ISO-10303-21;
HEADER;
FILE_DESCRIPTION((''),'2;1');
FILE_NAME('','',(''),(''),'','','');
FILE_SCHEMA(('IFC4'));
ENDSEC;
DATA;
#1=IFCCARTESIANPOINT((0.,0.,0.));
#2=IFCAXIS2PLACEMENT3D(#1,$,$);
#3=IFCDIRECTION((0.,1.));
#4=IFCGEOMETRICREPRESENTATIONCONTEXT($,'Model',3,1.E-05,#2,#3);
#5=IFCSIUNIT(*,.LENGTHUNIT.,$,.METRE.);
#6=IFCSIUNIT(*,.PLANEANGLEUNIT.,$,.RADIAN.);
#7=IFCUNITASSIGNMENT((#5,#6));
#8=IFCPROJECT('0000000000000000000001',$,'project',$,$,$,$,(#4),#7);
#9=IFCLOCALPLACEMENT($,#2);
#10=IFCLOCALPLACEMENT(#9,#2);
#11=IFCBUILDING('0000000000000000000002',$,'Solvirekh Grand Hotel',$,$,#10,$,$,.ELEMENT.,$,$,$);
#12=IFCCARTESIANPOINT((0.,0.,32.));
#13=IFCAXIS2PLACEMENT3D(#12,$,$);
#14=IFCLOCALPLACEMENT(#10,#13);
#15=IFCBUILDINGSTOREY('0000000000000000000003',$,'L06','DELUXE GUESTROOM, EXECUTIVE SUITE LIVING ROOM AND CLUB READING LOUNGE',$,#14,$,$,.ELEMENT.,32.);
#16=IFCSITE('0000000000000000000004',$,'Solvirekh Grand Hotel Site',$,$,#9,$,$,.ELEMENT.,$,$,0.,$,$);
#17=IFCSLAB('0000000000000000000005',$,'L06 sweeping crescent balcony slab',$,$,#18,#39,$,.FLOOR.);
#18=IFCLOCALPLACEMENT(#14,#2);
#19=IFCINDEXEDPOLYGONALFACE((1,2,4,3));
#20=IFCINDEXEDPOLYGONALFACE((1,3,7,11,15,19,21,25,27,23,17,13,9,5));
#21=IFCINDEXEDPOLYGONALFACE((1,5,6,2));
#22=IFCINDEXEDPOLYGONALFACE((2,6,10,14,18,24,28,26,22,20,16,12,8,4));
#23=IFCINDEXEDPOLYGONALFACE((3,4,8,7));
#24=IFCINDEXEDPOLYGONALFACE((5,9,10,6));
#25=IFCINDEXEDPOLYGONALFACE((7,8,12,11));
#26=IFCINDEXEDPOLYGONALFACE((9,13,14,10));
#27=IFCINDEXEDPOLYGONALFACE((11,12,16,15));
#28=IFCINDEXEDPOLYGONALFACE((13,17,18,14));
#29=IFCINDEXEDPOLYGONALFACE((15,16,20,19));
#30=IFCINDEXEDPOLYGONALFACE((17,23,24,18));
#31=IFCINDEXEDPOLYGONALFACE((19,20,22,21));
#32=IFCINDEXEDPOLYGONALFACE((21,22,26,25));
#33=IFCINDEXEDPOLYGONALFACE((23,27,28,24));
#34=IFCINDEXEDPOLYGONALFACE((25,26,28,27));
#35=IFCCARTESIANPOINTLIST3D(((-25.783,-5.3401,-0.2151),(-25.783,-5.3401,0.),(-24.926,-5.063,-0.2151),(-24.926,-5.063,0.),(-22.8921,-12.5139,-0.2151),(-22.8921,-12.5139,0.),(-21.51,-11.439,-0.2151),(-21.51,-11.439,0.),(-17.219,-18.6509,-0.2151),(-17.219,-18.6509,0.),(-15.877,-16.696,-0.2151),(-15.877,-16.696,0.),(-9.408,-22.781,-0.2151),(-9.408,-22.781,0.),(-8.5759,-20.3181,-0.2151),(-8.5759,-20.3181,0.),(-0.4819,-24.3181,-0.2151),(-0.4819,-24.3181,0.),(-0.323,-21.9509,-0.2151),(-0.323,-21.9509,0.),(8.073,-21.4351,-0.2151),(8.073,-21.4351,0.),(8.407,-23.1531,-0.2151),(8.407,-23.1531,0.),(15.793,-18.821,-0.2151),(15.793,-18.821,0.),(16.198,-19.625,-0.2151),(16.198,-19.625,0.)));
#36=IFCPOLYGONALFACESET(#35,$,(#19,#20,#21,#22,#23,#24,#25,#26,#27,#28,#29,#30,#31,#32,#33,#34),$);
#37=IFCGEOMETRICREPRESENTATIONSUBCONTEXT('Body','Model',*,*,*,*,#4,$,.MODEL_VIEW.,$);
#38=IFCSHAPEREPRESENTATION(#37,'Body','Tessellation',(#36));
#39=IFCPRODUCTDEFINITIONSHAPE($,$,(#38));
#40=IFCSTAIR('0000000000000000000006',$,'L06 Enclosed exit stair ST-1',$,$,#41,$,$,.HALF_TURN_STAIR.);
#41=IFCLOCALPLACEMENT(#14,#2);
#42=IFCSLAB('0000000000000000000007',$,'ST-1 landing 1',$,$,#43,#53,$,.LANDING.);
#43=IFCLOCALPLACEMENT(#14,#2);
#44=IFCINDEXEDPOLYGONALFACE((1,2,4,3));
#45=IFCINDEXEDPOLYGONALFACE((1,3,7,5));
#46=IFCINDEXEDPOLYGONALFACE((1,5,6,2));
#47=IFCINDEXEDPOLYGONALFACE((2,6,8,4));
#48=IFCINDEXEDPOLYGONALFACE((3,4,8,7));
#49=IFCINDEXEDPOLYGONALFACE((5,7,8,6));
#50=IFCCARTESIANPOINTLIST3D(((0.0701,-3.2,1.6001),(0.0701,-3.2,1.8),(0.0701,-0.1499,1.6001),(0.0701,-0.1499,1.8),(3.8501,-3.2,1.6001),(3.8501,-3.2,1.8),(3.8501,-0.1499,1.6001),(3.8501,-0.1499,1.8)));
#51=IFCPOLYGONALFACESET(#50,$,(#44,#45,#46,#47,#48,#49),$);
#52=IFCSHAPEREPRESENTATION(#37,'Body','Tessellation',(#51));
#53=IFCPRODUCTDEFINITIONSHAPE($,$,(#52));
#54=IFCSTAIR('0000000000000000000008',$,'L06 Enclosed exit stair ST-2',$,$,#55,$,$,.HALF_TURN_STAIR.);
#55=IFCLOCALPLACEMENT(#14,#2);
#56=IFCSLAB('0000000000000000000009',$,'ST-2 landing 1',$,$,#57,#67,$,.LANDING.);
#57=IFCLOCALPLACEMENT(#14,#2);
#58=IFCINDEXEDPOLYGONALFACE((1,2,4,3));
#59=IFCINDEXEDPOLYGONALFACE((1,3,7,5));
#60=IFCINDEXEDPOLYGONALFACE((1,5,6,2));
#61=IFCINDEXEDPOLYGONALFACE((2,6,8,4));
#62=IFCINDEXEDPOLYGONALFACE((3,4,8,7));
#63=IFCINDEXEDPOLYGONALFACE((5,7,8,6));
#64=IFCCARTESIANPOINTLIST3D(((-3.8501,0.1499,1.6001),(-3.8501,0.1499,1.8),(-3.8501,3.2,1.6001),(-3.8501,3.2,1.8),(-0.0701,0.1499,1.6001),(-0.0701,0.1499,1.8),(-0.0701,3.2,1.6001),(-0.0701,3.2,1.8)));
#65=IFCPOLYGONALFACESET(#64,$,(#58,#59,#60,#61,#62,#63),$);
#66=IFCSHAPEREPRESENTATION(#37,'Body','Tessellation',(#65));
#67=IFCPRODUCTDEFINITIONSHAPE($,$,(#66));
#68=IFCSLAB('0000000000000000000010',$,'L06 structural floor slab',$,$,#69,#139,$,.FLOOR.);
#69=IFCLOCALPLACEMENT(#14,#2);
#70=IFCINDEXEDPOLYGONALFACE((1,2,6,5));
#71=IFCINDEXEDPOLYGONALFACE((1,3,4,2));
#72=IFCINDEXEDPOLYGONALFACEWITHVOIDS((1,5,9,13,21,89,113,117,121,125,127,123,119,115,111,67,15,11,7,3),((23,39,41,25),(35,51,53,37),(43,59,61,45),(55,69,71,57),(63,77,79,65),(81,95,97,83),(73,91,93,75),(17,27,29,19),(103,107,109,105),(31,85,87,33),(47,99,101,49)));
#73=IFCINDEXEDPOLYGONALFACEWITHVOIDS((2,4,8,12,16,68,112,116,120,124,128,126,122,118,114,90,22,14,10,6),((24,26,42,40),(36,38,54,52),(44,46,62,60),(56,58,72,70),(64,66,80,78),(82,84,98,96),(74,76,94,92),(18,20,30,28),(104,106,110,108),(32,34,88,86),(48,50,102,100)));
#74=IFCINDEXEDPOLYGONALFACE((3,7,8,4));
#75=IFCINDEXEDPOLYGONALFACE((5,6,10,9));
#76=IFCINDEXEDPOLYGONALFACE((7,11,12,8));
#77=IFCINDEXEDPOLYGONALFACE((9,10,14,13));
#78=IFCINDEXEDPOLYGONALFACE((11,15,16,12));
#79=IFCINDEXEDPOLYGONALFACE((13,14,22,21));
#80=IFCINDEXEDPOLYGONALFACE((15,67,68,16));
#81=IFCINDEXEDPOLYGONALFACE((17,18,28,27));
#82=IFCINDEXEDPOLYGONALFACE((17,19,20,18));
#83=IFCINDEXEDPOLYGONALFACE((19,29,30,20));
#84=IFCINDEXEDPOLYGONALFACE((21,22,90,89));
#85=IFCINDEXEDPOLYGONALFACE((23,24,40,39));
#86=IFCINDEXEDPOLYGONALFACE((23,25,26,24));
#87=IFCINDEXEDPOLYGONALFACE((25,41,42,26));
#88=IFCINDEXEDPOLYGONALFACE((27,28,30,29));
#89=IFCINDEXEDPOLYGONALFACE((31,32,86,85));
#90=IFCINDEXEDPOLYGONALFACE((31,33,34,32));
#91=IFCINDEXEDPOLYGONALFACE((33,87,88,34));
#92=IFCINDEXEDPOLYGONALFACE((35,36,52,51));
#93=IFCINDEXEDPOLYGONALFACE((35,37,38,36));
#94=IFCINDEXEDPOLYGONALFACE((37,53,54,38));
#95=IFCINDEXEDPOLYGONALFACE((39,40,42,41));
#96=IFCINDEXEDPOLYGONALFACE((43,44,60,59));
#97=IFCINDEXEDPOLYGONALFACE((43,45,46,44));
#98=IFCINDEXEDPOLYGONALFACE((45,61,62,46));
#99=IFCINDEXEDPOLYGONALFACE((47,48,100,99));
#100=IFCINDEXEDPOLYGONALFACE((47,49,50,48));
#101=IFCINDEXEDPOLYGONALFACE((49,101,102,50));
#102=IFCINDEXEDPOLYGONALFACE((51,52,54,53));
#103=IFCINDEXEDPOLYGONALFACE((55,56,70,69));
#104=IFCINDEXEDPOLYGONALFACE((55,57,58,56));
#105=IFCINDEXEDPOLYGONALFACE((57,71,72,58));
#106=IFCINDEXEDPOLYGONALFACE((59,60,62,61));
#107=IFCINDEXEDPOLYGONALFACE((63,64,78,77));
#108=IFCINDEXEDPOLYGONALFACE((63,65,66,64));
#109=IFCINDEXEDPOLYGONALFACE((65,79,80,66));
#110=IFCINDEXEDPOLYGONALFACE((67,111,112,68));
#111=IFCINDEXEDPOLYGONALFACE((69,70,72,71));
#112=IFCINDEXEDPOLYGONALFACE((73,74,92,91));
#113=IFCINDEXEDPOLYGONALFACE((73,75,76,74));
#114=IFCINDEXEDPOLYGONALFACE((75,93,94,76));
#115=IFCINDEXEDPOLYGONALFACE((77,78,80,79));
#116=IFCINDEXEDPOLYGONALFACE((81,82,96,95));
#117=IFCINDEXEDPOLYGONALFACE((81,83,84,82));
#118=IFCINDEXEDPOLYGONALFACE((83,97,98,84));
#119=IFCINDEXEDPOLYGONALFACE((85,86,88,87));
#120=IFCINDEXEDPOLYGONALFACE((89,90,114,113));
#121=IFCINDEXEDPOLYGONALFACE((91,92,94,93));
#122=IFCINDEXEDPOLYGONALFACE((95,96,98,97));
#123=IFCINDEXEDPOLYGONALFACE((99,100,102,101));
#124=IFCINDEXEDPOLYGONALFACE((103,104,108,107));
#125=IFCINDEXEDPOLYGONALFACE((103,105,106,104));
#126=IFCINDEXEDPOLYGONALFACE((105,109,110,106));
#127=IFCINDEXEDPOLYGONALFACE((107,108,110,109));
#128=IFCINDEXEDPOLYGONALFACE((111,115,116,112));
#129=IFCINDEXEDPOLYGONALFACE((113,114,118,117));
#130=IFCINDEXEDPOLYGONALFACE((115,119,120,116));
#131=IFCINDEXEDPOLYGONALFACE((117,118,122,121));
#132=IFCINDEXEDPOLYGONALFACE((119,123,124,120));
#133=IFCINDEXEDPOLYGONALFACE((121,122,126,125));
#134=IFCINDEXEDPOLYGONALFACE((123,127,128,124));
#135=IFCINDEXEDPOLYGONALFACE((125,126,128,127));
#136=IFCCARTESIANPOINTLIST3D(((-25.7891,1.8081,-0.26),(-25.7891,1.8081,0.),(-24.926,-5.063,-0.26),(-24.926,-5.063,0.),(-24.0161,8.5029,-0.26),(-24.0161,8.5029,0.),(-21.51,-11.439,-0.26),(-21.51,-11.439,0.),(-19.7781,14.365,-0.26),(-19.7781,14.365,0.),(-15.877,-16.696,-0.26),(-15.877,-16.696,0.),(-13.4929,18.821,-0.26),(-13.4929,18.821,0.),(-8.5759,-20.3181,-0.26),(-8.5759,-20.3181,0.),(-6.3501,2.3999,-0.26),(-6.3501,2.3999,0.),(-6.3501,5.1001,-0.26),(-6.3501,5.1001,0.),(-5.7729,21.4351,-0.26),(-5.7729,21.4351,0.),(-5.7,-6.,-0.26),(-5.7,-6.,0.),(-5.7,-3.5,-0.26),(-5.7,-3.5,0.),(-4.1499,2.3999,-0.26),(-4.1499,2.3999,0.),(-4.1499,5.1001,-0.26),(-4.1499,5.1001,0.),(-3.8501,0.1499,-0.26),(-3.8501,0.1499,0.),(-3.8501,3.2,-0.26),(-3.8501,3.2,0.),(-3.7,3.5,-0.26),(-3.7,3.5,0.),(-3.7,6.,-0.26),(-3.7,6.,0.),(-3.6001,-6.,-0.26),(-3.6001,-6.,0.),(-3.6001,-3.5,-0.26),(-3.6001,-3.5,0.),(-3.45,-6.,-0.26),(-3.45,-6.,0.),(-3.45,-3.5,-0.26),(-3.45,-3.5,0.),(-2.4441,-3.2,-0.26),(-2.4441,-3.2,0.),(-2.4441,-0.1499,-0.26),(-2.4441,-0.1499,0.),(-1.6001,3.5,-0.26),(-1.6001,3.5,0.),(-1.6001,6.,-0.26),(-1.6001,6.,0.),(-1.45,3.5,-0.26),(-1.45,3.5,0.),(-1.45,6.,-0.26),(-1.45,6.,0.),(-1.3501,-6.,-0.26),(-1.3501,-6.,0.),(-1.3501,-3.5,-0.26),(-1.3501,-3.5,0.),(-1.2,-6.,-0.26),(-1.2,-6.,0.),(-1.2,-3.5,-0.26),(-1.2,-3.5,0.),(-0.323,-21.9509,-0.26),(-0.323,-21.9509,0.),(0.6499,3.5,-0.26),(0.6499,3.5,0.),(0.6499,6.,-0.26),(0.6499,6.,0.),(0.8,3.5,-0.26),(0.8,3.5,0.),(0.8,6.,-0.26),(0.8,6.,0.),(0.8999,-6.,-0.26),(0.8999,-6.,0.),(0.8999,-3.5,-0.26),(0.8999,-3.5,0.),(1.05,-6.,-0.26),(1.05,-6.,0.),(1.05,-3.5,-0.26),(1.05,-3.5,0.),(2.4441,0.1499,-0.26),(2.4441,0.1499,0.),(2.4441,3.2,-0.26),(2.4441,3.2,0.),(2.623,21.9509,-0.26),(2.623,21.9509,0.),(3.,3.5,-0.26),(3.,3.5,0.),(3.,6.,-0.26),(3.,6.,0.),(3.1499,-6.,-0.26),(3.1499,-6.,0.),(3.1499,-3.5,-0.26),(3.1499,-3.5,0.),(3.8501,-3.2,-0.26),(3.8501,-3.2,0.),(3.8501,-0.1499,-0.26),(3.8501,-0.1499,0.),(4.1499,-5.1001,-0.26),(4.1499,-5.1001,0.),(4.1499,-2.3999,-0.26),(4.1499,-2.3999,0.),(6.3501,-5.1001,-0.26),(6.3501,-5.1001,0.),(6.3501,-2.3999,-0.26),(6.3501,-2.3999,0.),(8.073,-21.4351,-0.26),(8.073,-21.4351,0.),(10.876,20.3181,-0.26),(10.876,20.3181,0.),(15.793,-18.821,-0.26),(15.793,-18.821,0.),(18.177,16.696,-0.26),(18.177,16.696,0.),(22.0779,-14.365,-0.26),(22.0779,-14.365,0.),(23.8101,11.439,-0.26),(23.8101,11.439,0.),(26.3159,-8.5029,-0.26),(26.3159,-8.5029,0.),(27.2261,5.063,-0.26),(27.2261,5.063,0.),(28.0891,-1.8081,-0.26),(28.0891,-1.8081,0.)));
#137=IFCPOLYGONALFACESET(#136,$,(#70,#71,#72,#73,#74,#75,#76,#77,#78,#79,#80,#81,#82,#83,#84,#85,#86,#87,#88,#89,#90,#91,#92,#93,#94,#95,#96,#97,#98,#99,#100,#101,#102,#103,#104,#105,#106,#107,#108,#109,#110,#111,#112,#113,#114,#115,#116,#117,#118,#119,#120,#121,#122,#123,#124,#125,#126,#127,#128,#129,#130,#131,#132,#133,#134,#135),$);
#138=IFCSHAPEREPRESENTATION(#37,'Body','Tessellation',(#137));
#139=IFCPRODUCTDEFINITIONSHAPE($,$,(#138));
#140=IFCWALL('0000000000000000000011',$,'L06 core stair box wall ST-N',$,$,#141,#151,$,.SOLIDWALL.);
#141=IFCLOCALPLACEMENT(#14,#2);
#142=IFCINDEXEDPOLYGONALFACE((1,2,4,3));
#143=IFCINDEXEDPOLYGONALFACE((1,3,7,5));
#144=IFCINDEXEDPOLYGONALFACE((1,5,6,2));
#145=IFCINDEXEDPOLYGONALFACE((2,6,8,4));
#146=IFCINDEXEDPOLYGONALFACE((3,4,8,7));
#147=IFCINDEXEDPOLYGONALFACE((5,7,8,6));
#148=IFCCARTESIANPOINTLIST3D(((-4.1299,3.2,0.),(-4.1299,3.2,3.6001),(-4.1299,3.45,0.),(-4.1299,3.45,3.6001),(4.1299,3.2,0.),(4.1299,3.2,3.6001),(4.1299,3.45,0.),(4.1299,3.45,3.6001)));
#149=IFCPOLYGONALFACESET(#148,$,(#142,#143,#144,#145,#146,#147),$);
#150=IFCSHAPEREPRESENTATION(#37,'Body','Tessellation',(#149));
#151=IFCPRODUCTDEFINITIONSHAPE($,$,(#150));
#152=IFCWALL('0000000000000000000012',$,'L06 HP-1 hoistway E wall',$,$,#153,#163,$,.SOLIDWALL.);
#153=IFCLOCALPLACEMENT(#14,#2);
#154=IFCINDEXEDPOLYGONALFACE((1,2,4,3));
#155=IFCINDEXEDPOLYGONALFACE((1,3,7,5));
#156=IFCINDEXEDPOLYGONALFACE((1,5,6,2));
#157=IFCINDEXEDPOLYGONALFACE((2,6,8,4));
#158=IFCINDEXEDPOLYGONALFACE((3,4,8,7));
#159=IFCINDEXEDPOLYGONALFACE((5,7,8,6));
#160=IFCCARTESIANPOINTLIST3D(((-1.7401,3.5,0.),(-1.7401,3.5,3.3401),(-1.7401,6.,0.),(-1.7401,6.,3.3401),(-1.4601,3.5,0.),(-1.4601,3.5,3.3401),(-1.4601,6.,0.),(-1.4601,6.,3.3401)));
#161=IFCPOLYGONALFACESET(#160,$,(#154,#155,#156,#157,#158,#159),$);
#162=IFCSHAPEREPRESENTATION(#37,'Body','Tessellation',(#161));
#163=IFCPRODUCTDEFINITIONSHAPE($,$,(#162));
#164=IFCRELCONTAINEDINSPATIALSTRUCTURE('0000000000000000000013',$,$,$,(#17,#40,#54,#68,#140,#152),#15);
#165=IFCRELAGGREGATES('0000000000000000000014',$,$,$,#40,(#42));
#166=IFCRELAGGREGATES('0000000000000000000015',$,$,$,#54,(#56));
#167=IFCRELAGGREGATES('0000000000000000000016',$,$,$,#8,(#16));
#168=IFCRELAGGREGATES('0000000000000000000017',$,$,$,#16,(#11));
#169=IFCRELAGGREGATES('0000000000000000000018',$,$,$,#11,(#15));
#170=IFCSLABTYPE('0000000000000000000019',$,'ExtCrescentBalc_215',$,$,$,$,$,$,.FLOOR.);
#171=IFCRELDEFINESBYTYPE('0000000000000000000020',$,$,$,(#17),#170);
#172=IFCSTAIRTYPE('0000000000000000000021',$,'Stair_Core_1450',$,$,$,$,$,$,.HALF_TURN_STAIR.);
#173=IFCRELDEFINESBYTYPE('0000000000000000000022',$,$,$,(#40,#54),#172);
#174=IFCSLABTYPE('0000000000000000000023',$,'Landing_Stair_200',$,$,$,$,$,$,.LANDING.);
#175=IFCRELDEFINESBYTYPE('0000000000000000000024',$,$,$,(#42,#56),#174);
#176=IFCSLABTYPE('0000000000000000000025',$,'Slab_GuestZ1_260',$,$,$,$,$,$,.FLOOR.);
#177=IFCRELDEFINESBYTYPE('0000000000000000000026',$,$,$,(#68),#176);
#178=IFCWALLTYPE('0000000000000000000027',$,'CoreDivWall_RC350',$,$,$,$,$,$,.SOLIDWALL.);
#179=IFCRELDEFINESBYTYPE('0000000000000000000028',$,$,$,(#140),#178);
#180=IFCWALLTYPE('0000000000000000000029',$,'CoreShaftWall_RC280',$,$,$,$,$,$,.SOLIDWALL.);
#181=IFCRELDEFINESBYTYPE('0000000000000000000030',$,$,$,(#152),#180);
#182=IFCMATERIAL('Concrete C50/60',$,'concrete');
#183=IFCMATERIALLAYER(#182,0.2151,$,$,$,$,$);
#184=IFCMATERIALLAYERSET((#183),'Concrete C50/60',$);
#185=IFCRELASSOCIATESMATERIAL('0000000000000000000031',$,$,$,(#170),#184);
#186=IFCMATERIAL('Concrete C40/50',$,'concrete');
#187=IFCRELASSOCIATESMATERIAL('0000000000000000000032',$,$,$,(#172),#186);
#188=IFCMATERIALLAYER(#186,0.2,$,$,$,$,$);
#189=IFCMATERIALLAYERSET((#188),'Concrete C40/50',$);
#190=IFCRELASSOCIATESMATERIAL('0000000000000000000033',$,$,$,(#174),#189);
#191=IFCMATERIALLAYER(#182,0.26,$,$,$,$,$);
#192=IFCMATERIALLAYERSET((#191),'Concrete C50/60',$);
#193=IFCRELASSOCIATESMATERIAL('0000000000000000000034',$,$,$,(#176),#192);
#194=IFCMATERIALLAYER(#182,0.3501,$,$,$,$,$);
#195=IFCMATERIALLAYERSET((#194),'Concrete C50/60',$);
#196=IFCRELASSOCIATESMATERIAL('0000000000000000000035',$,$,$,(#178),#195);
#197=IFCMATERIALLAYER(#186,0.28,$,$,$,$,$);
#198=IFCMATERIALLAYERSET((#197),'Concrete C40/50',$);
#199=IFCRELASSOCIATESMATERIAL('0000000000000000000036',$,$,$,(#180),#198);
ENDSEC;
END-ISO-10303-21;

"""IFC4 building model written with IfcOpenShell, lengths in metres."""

from ifc_helpers import new_model, si_unit, direction, frame, frame_2d, origin, place, context, subcontext, project, spatial, polyline, rectangle, outline, extrude, material, layer, layer_set, type_object, element, aggregate, save


model = new_model("IFC4")

# Units and contexts
model_context = context("Model", 3, precision=1e-05, world=origin(), true_north=direction((0.0, 1.0)))
body_context = subcontext(model_context, "Body", "Model", "MODEL_VIEW")
ifc_project = project(units=[si_unit("LENGTHUNIT", "METRE"), si_unit("PLANEANGLEUNIT", "RADIAN")], contexts=[model_context])

# Site, building, storey
site_placement = place(None, origin())
site = spatial("IfcSite", under=ifc_project, at=site_placement, Name="Solvirekh Grand Hotel Site", CompositionType="ELEMENT", RefElevation=0.0)
building_placement = place(site_placement, origin())
building = spatial("IfcBuilding", under=site, at=building_placement, Name="Solvirekh Grand Hotel", CompositionType="ELEMENT")
storey_placement = place(building_placement, frame((0.0, 0.0, 32.0)))
storey = spatial("IfcBuildingStorey", under=building, at=storey_placement, Name="L06", Description="DELUXE GUESTROOM, EXECUTIVE SUITE LIVING ROOM AND CLUB READING LOUNGE", CompositionType="ELEMENT", Elevation=32.0)

# Slab
ifc_material_1 = material(Name="Concrete C50/60", Category="concrete")
ifc_layer_1 = layer(ifc_material_1, 0.2151)
ifc_layer_set_1 = layer_set([ifc_layer_1], Name="Concrete C50/60")
slab_type_1 = type_object("IfcSlabType", Name="ExtCrescentBalc_215", PredefinedType="FLOOR", material=ifc_layer_set_1)
slab_1_placement = place(storey_placement, frame((0.0, 0.0, -0.2151)))
element("IfcSlab", 1, at=slab_1_placement, inside=storey, type_object=slab_type_1, Name="L06 sweeping crescent balcony slab", PredefinedType="FLOOR", context=body_context, shape_type="SweptSolid", body=[
    extrude(outline(polyline([(-25.783, -5.3401), (-22.8921, -12.5139), (-17.219, -18.6509), (-9.408, -22.781), (-0.4819, -24.3181), (8.407, -23.1531), (16.198, -19.625), (15.793, -18.821), (8.073, -21.4351), (-0.323, -21.9509), (-8.5759, -20.3181), (-15.877, -16.696), (-21.51, -11.439), (-24.926, -5.063), (-25.783, -5.3401)])), origin(), (0.0, 0.0, 1.0), 0.2151),
])

# Stairs, slabs
ifc_material_2 = material(Name="Concrete C40/50", Category="concrete")
stair_type = type_object("IfcStairType", Name="Stair_Core_1450", PredefinedType="HALF_TURN_STAIR", material=ifc_material_2)
stair_1_placement = place(storey_placement, origin())
stair_1 = element("IfcStair", 2, at=stair_1_placement, inside=storey, type_object=stair_type, Name="L06 Enclosed exit stair ST-1", PredefinedType="HALF_TURN_STAIR")
ifc_layer_2 = layer(ifc_material_2, 0.2)
ifc_layer_set_2 = layer_set([ifc_layer_2], Name="Concrete C40/50")
slab_type_2 = type_object("IfcSlabType", Name="Landing_Stair_200", PredefinedType="LANDING", material=ifc_layer_set_2)
slab_2_placement = place(storey_placement, frame((0.0, 0.0, 1.6001)))
slab_2 = element("IfcSlab", 3, at=slab_2_placement, type_object=slab_type_2, Name="ST-1 landing 1", PredefinedType="LANDING", context=body_context, shape_type="SweptSolid", body=[
    extrude(outline(polyline([(0.0701, -3.2), (3.8501, -3.2), (3.8501, -0.1499), (0.0701, -0.1499), (0.0701, -3.2)])), origin(), (0.0, 0.0, 1.0), 0.2),
])
aggregate(stair_1, [slab_2])
stair_2_placement = place(storey_placement, origin())
stair_2 = element("IfcStair", 4, at=stair_2_placement, inside=storey, type_object=stair_type, Name="L06 Enclosed exit stair ST-2", PredefinedType="HALF_TURN_STAIR")
slab_3_placement = place(storey_placement, frame((0.0, 0.0, 1.6001)))
slab_3 = element("IfcSlab", 5, at=slab_3_placement, type_object=slab_type_2, Name="ST-2 landing 1", PredefinedType="LANDING", context=body_context, shape_type="SweptSolid", body=[
    extrude(outline(polyline([(-0.0701, 3.2), (-3.8501, 3.2), (-3.8501, 0.1499), (-0.0701, 0.1499), (-0.0701, 3.2)])), origin(), (0.0, 0.0, 1.0), 0.2),
])

# Slab
ifc_layer_3 = layer(ifc_material_1, 0.26)
ifc_layer_set_3 = layer_set([ifc_layer_3], Name="Concrete C50/60")
slab_type_3 = type_object("IfcSlabType", Name="Slab_GuestZ1_260", PredefinedType="FLOOR", material=ifc_layer_set_3)
slab_4_placement = place(storey_placement, frame((0.0, 0.0, -0.26)))
element("IfcSlab", 6, at=slab_4_placement, inside=storey, type_object=slab_type_3, Name="L06 structural floor slab", PredefinedType="FLOOR", context=body_context, shape_type="SweptSolid", body=[
    extrude(outline(polyline([(28.0891, -1.8081), (27.2261, 5.063), (23.8101, 11.439), (18.177, 16.696), (10.876, 20.3181), (2.623, 21.9509), (-5.7729, 21.4351), (-13.4929, 18.821), (-19.7781, 14.365), (-24.0161, 8.5029), (-25.7891, 1.8081), (-24.926, -5.063), (-21.51, -11.439), (-15.877, -16.696), (-8.5759, -20.3181), (-0.323, -21.9509), (8.073, -21.4351), (15.793, -18.821), (22.0779, -14.365), (26.3159, -8.5029), (28.0891, -1.8081)]), holes=[polyline([(-2.4441, -0.1499), (3.8501, -0.1499), (3.8501, -3.2), (-2.4441, -3.2), (-2.4441, -0.1499)]), polyline([(2.4441, 0.1499), (-3.8501, 0.1499), (-3.8501, 3.2), (2.4441, 3.2), (2.4441, 0.1499)]), polyline([(-5.7, -3.5), (-3.6001, -3.5), (-3.6001, -6.0), (-5.7, -6.0), (-5.7, -3.5)]), polyline([(-3.45, -3.5), (-1.3501, -3.5), (-1.3501, -6.0), (-3.45, -6.0), (-3.45, -3.5)]), polyline([(-1.2, -3.5), (0.8999, -3.5), (0.8999, -6.0), (-1.2, -6.0), (-1.2, -3.5)]), polyline([(1.05, -3.5), (3.1499, -3.5), (3.1499, -6.0), (1.05, -6.0), (1.05, -3.5)]), polyline([(-3.7, 6.0), (-1.6001, 6.0), (-1.6001, 3.5), (-3.7, 3.5), (-3.7, 6.0)]), polyline([(-1.45, 6.0), (0.6499, 6.0), (0.6499, 3.5), (-1.45, 3.5), (-1.45, 6.0)]), polyline([(0.8, 6.0), (3.0, 6.0), (3.0, 3.5), (0.8, 3.5), (0.8, 6.0)]), polyline([(-6.3501, 5.1001), (-4.1499, 5.1001), (-4.1499, 2.3999), (-6.3501, 2.3999), (-6.3501, 5.1001)]), polyline([(4.1499, -2.3999), (6.3501, -2.3999), (6.3501, -5.1001), (4.1499, -5.1001), (4.1499, -2.3999)])]), origin(), (0.0, 0.0, 1.0), 0.26),
])

# Walls
ifc_layer_4 = layer(ifc_material_1, 0.3501)
ifc_layer_set_4 = layer_set([ifc_layer_4], Name="Concrete C50/60")
wall_type_1 = type_object("IfcWallType", Name="CoreDivWall_RC350", PredefinedType="SOLIDWALL", material=ifc_layer_set_4)
wall_1_placement = place(storey_placement, frame((-4.1299, 3.325, 0.0), z_axis=(0.0, 0.0, 1.0), x_axis=(1.0, 0.0, 0.0)))
element("IfcWall", 7, at=wall_1_placement, inside=storey, type_object=wall_type_1, Name="L06 core stair box wall ST-N", PredefinedType="SOLIDWALL", context=body_context, shape_type="SweptSolid", body=[
    extrude(rectangle(XDim=8.2598, YDim=0.25, at=frame_2d((4.1299, 0.0))), origin(), (0.0, 0.0, 1.0), 3.6001),
])
ifc_layer_5 = layer(ifc_material_2, 0.28)
ifc_layer_set_5 = layer_set([ifc_layer_5], Name="Concrete C40/50")
wall_type_2 = type_object("IfcWallType", Name="CoreShaftWall_RC280", PredefinedType="SOLIDWALL", material=ifc_layer_set_5)
wall_2_placement = place(storey_placement, frame((-1.6001, 3.5, 0.0), z_axis=(0.0, 0.0, 1.0), x_axis=(0.0, 1.0, 0.0)))
element("IfcWall", 8, at=wall_2_placement, inside=storey, type_object=wall_type_2, Name="L06 HP-1 hoistway E wall", PredefinedType="SOLIDWALL", context=body_context, shape_type="SweptSolid", body=[
    extrude(rectangle(XDim=2.5, YDim=0.28, at=frame_2d((1.25, 0.0))), origin(), (0.0, 0.0, 1.0), 3.3401),
])

aggregate(stair_2, [slab_3])

save(model, "model.ifc")
